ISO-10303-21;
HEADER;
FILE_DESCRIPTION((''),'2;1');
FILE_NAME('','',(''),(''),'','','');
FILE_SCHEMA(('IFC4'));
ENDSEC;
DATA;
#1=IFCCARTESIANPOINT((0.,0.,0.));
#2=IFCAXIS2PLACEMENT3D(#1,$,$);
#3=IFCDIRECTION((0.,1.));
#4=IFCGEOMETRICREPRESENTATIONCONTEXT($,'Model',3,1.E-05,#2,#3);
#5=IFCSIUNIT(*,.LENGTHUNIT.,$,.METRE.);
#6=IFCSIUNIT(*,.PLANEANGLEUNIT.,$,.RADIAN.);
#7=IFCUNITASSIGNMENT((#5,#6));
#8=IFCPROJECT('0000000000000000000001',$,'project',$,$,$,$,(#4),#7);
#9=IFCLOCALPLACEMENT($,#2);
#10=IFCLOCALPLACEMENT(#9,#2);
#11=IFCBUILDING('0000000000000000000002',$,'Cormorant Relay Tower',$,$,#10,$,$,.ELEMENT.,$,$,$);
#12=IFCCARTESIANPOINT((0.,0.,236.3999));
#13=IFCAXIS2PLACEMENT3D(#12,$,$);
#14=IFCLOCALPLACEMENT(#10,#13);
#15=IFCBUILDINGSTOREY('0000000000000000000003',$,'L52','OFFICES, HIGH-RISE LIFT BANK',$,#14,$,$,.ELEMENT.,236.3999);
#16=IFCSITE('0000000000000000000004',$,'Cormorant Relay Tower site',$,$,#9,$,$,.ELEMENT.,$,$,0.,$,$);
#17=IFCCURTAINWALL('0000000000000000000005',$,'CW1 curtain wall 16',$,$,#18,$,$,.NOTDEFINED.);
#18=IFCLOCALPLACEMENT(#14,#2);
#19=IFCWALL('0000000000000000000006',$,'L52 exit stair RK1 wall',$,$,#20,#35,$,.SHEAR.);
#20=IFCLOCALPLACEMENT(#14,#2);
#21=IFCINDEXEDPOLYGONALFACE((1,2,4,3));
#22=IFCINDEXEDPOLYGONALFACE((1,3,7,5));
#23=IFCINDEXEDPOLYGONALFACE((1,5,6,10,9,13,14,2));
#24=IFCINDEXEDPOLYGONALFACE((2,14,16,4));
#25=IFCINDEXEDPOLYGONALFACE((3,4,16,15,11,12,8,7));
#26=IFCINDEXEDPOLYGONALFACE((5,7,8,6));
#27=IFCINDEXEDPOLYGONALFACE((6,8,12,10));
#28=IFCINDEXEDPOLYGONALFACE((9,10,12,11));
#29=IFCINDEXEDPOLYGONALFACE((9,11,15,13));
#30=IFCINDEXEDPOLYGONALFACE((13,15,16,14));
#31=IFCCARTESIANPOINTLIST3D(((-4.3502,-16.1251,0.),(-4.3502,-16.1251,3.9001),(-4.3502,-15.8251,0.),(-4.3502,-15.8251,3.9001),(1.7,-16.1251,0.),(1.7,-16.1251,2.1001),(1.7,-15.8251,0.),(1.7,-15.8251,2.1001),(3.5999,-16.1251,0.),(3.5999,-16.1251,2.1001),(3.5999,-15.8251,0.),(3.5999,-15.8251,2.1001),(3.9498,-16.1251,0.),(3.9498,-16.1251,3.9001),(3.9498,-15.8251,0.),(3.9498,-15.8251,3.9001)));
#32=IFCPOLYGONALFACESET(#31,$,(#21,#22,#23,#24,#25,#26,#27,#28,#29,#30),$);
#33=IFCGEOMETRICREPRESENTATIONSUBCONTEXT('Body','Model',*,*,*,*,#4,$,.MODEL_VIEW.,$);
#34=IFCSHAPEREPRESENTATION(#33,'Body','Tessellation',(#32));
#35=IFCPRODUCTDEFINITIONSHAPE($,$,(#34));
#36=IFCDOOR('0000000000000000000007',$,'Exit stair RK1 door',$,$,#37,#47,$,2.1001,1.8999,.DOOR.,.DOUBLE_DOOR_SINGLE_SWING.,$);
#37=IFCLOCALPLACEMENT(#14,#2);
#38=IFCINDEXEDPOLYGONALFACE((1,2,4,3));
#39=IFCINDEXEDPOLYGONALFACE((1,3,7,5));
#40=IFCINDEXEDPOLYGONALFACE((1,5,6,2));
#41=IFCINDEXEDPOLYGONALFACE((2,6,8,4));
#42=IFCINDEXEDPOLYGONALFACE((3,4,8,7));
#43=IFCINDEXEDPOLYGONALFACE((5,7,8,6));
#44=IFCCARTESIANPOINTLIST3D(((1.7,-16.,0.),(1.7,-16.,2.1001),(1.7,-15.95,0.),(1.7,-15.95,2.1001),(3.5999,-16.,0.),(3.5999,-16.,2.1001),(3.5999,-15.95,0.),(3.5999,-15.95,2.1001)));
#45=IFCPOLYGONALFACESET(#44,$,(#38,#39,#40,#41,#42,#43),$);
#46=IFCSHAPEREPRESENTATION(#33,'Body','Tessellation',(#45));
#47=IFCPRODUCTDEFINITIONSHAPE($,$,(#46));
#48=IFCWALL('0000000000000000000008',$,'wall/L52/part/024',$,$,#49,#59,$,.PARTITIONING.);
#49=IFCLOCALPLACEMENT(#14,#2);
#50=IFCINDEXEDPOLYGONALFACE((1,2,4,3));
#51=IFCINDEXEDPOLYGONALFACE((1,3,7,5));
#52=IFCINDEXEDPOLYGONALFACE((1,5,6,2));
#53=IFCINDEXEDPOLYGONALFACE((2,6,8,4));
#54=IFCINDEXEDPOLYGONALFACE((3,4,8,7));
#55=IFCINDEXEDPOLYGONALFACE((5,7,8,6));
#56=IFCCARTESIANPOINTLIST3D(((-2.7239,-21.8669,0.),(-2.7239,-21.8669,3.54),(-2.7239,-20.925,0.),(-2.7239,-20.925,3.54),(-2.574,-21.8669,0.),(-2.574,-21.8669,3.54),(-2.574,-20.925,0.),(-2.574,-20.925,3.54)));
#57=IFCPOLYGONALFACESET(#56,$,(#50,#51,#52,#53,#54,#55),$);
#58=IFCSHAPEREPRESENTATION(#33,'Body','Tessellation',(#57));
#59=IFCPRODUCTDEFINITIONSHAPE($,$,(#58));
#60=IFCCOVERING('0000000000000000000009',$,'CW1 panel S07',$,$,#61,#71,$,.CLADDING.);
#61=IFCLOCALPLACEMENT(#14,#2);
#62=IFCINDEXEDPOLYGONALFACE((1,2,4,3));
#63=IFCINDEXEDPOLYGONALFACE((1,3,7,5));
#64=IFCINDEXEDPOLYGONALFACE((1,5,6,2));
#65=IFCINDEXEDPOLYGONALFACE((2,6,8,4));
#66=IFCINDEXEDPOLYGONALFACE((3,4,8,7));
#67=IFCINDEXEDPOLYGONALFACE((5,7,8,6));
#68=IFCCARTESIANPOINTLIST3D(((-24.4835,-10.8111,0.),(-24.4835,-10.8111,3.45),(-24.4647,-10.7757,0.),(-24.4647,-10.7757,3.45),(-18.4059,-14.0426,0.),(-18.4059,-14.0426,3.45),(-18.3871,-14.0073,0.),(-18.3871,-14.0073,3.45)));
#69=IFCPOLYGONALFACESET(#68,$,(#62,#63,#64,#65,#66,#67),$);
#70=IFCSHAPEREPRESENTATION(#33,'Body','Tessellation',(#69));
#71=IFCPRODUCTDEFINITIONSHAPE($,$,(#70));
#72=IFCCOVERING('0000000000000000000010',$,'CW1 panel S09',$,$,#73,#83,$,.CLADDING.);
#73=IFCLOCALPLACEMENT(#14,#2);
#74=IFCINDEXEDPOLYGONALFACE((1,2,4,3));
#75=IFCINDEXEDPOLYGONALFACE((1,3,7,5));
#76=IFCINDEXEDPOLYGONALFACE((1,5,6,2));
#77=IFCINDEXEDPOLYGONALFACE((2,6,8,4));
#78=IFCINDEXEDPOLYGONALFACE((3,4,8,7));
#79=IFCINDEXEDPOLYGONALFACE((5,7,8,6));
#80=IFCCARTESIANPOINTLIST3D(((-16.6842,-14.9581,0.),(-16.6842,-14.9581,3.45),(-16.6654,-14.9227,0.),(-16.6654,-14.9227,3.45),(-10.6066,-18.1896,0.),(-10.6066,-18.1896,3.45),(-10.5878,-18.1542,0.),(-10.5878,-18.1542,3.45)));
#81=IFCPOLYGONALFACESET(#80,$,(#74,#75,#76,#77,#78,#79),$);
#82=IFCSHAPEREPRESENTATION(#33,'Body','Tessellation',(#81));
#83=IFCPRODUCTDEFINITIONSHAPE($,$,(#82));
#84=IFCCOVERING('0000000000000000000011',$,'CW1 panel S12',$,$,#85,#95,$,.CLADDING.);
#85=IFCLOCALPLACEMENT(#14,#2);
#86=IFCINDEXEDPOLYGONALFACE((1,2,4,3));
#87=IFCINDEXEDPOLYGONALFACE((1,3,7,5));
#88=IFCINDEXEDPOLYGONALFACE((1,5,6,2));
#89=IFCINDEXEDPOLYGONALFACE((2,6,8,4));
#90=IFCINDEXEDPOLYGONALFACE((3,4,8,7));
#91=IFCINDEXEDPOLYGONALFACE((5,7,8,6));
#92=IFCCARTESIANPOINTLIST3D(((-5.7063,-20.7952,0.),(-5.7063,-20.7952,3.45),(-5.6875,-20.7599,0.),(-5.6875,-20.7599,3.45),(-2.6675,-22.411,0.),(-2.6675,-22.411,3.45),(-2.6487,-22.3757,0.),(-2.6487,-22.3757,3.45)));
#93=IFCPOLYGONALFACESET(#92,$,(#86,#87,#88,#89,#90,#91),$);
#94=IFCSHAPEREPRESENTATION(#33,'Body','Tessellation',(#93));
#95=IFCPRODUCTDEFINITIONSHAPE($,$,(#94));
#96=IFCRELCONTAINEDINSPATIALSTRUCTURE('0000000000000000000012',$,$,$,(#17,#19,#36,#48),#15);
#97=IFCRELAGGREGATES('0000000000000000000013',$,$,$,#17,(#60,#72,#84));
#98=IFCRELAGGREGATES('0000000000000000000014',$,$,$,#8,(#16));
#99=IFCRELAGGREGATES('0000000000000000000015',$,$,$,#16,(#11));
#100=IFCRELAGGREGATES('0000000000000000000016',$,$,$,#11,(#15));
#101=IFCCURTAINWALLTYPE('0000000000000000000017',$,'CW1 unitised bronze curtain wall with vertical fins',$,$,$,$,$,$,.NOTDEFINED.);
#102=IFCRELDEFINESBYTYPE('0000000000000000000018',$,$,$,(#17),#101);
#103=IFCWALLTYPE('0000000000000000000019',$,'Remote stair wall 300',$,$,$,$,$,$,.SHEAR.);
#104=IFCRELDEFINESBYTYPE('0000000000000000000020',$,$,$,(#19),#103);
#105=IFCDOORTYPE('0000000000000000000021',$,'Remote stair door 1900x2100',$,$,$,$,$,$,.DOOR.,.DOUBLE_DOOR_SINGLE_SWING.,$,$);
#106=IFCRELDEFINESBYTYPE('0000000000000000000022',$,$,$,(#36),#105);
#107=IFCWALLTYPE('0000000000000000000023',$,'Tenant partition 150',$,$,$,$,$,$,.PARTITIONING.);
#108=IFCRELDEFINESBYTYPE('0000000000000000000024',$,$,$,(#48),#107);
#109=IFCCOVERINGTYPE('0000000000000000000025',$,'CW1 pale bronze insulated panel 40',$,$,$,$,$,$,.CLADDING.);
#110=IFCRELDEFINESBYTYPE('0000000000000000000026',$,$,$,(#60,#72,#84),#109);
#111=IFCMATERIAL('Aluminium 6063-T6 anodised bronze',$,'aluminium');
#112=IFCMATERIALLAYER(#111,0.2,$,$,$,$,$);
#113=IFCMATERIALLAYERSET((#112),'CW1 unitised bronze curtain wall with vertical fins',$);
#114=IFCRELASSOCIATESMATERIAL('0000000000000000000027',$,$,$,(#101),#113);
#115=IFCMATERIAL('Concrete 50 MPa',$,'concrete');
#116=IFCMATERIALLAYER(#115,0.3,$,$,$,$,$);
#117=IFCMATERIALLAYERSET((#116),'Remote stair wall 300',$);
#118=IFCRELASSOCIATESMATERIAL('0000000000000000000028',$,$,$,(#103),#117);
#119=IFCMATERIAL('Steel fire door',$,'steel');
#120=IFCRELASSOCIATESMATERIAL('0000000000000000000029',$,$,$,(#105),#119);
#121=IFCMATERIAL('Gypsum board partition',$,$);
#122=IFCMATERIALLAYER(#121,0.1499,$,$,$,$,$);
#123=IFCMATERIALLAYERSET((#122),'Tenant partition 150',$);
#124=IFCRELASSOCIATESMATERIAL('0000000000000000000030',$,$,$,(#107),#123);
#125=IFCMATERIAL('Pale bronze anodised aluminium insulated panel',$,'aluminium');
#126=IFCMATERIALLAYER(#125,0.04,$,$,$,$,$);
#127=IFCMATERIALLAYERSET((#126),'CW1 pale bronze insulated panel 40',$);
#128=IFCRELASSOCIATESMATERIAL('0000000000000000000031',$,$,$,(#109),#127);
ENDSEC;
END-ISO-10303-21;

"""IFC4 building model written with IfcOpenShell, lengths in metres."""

from ifc_helpers import new_model, si_unit, direction, frame, frame_2d, origin, origin_2d, place, context, subcontext, project, spatial, rectangle, extrude, material, layer, layer_set, type_object, element, fill, aggregate, save


model = new_model("IFC4")

# Units and contexts
model_context = context("Model", 3, precision=1e-05, world=origin(), true_north=direction((0.0, 1.0)))
body_context = subcontext(model_context, "Body", "Model", "MODEL_VIEW")
ifc_project = project(units=[si_unit("LENGTHUNIT", "METRE"), si_unit("PLANEANGLEUNIT", "RADIAN")], contexts=[model_context])

# Site, building, storey
site_placement = place(None, origin())
site = spatial("IfcSite", under=ifc_project, at=site_placement, Name="Cormorant Relay Tower site", CompositionType="ELEMENT", RefElevation=0.0)
building_placement = place(site_placement, origin())
building = spatial("IfcBuilding", under=site, at=building_placement, Name="Cormorant Relay Tower", CompositionType="ELEMENT")
storey_placement = place(building_placement, frame((0.0, 0.0, 236.3999)))
storey = spatial("IfcBuildingStorey", under=building, at=storey_placement, Name="L52", Description="OFFICES, HIGH-RISE LIFT BANK", CompositionType="ELEMENT", Elevation=236.3999)

# Shared definitions
ifc_material_1 = material(Name="Aluminium 6063-T6 anodised bronze", Category="aluminium")
ifc_layer_1 = layer(ifc_material_1, 0.2)
ifc_layer_set_1 = layer_set([ifc_layer_1], Name="CW1 unitised bronze curtain wall with vertical fins")
curtain_wall_type = type_object("IfcCurtainWallType", Name="CW1 unitised bronze curtain wall with vertical fins", PredefinedType="NOTDEFINED", material=ifc_layer_set_1)

# Curtain wall
curtain_wall_1_placement = place(storey_placement, origin())
curtain_wall_1 = element("IfcCurtainWall", 1, at=curtain_wall_1_placement, inside=storey, type_object=curtain_wall_type, Name="CW1 curtain wall 16", PredefinedType="NOTDEFINED")

# Shared definitions
ifc_material_2 = material(Name="Concrete 50 MPa", Category="concrete")
ifc_layer_2 = layer(ifc_material_2, 0.3)
ifc_layer_set_2 = layer_set([ifc_layer_2], Name="Remote stair wall 300")
wall_type_1 = type_object("IfcWallType", Name="Remote stair wall 300", PredefinedType="SHEAR", material=ifc_layer_set_2)

# Wall, opening, door
wall_1_placement = place(storey_placement, frame((-4.3501, -15.9751, 0.0), z_axis=(0.0, 0.0, 1.0), x_axis=(1.0, 0.0, 0.0)))
wall_1 = element("IfcWall", 2, at=wall_1_placement, inside=storey, type_object=wall_type_1, Name="L52 exit stair RK1 wall", PredefinedType="SHEAR", context=body_context, shape_type="SweptSolid", body=[
    extrude(rectangle(XDim=8.3, YDim=0.3, at=frame_2d((4.1499, 0.0))), origin(), (0.0, 0.0, 1.0), 3.9001),
])
opening_placement = place(wall_1_placement, frame((6.05, 0.0, 0.0)))
opening = element("IfcOpeningElement", 3, at=opening_placement, cuts=wall_1, PredefinedType="OPENING", context=body_context, shape_type="SweptSolid", body=[
    extrude(rectangle(XDim=1.8999, YDim=2.1001, at=frame_2d((0.95, 1.05))), frame((0.0, 0.1599, 0.0), z_axis=(0.0, -1.0, 0.0), x_axis=(1.0, 0.0, 0.0)), (0.0, 0.0, 1.0), 0.3201),
])
ifc_material_3 = material(Name="Steel fire door", Category="steel")
door_type = type_object("IfcDoorType", Name="Remote stair door 1900x2100", OperationType="DOUBLE_DOOR_SINGLE_SWING", PredefinedType="DOOR", material=ifc_material_3)
door_placement = place(opening_placement, frame((1.8999, 0.0, 0.0), z_axis=(0.0, 0.0, 1.0), x_axis=(-1.0, 0.0, 0.0)))
door = element("IfcDoor", 4, at=door_placement, inside=storey, type_object=door_type, Name="Exit stair RK1 door", OperationType="DOUBLE_DOOR_SINGLE_SWING", OverallHeight=2.1001, OverallWidth=1.8999, PredefinedType="DOOR", context=body_context, shape_type="SweptSolid", body=[
    extrude(rectangle(XDim=1.8999, YDim=2.1001, at=frame_2d((0.95, 1.05))), frame((0.0, 0.0249, 0.0), z_axis=(0.0, -1.0, 0.0), x_axis=(1.0, 0.0, 0.0)), (0.0, 0.0, 1.0), 0.05),
])
fill(opening, door)

# Wall
ifc_material_4 = material(Name="Gypsum board partition")
ifc_layer_3 = layer(ifc_material_4, 0.1499)
ifc_layer_set_3 = layer_set([ifc_layer_3], Name="Tenant partition 150")
wall_type_2 = type_object("IfcWallType", Name="Tenant partition 150", PredefinedType="PARTITIONING", material=ifc_layer_set_3)
wall_2_placement = place(storey_placement, frame((-2.6489, -20.925, 0.0), z_axis=(0.0, 0.0, 1.0), x_axis=(0.0, -1.0, 0.0)))
element("IfcWall", 5, at=wall_2_placement, inside=storey, type_object=wall_type_2, Name="wall/L52/part/024", PredefinedType="PARTITIONING", context=body_context, shape_type="SweptSolid", body=[
    extrude(rectangle(XDim=0.9419, YDim=0.1499, at=frame_2d((0.4709, 0.0))), origin(), (0.0, 0.0, 1.0), 3.54),
])

# Coverings
ifc_material_5 = material(Name="Pale bronze anodised aluminium insulated panel", Category="aluminium")
ifc_layer_4 = layer(ifc_material_5, 0.04)
ifc_layer_set_4 = layer_set([ifc_layer_4], Name="CW1 pale bronze insulated panel 40")
covering_type = type_object("IfcCoveringType", Name="CW1 pale bronze insulated panel 40", PredefinedType="CLADDING", material=ifc_layer_set_4)
covering_1_placement = place(storey_placement, frame((-21.4353, -12.4092, 0.0), z_axis=(0.0, 0.0, 1.0), x_axis=(0.882948, -0.469472, 0.0)))
covering_1 = element("IfcCovering", 6, at=covering_1_placement, type_object=covering_type, Name="CW1 panel S07", PredefinedType="CLADDING", context=body_context, shape_type="SweptSolid", body=[
    extrude(rectangle(XDim=6.8833, YDim=0.04, at=origin_2d()), origin(), (0.0, 0.0, 1.0), 3.45),
])
covering_2_placement = place(storey_placement, frame((-13.636, -16.5562, 0.0), z_axis=(0.0, 0.0, 1.0), x_axis=(0.882948, -0.469472, 0.0)))
covering_2 = element("IfcCovering", 7, at=covering_2_placement, type_object=covering_type, Name="CW1 panel S09", PredefinedType="CLADDING", context=body_context, shape_type="SweptSolid", body=[
    extrude(rectangle(XDim=6.8833, YDim=0.04, at=origin_2d()), origin(), (0.0, 0.0, 1.0), 3.45),
])
covering_3_placement = place(storey_placement, frame((-4.1775, -21.5854, 0.0), z_axis=(0.0, 0.0, 1.0), x_axis=(0.882948, -0.469472, 0.0)))
covering_3 = element("IfcCovering", 8, at=covering_3_placement, type_object=covering_type, Name="CW1 panel S12", PredefinedType="CLADDING", context=body_context, shape_type="SweptSolid", body=[
    extrude(rectangle(XDim=3.4417, YDim=0.04, at=origin_2d()), origin(), (0.0, 0.0, 1.0), 3.45),
])
aggregate(curtain_wall_1, [covering_1, covering_2, covering_3])

save(model, "model.ifc")
